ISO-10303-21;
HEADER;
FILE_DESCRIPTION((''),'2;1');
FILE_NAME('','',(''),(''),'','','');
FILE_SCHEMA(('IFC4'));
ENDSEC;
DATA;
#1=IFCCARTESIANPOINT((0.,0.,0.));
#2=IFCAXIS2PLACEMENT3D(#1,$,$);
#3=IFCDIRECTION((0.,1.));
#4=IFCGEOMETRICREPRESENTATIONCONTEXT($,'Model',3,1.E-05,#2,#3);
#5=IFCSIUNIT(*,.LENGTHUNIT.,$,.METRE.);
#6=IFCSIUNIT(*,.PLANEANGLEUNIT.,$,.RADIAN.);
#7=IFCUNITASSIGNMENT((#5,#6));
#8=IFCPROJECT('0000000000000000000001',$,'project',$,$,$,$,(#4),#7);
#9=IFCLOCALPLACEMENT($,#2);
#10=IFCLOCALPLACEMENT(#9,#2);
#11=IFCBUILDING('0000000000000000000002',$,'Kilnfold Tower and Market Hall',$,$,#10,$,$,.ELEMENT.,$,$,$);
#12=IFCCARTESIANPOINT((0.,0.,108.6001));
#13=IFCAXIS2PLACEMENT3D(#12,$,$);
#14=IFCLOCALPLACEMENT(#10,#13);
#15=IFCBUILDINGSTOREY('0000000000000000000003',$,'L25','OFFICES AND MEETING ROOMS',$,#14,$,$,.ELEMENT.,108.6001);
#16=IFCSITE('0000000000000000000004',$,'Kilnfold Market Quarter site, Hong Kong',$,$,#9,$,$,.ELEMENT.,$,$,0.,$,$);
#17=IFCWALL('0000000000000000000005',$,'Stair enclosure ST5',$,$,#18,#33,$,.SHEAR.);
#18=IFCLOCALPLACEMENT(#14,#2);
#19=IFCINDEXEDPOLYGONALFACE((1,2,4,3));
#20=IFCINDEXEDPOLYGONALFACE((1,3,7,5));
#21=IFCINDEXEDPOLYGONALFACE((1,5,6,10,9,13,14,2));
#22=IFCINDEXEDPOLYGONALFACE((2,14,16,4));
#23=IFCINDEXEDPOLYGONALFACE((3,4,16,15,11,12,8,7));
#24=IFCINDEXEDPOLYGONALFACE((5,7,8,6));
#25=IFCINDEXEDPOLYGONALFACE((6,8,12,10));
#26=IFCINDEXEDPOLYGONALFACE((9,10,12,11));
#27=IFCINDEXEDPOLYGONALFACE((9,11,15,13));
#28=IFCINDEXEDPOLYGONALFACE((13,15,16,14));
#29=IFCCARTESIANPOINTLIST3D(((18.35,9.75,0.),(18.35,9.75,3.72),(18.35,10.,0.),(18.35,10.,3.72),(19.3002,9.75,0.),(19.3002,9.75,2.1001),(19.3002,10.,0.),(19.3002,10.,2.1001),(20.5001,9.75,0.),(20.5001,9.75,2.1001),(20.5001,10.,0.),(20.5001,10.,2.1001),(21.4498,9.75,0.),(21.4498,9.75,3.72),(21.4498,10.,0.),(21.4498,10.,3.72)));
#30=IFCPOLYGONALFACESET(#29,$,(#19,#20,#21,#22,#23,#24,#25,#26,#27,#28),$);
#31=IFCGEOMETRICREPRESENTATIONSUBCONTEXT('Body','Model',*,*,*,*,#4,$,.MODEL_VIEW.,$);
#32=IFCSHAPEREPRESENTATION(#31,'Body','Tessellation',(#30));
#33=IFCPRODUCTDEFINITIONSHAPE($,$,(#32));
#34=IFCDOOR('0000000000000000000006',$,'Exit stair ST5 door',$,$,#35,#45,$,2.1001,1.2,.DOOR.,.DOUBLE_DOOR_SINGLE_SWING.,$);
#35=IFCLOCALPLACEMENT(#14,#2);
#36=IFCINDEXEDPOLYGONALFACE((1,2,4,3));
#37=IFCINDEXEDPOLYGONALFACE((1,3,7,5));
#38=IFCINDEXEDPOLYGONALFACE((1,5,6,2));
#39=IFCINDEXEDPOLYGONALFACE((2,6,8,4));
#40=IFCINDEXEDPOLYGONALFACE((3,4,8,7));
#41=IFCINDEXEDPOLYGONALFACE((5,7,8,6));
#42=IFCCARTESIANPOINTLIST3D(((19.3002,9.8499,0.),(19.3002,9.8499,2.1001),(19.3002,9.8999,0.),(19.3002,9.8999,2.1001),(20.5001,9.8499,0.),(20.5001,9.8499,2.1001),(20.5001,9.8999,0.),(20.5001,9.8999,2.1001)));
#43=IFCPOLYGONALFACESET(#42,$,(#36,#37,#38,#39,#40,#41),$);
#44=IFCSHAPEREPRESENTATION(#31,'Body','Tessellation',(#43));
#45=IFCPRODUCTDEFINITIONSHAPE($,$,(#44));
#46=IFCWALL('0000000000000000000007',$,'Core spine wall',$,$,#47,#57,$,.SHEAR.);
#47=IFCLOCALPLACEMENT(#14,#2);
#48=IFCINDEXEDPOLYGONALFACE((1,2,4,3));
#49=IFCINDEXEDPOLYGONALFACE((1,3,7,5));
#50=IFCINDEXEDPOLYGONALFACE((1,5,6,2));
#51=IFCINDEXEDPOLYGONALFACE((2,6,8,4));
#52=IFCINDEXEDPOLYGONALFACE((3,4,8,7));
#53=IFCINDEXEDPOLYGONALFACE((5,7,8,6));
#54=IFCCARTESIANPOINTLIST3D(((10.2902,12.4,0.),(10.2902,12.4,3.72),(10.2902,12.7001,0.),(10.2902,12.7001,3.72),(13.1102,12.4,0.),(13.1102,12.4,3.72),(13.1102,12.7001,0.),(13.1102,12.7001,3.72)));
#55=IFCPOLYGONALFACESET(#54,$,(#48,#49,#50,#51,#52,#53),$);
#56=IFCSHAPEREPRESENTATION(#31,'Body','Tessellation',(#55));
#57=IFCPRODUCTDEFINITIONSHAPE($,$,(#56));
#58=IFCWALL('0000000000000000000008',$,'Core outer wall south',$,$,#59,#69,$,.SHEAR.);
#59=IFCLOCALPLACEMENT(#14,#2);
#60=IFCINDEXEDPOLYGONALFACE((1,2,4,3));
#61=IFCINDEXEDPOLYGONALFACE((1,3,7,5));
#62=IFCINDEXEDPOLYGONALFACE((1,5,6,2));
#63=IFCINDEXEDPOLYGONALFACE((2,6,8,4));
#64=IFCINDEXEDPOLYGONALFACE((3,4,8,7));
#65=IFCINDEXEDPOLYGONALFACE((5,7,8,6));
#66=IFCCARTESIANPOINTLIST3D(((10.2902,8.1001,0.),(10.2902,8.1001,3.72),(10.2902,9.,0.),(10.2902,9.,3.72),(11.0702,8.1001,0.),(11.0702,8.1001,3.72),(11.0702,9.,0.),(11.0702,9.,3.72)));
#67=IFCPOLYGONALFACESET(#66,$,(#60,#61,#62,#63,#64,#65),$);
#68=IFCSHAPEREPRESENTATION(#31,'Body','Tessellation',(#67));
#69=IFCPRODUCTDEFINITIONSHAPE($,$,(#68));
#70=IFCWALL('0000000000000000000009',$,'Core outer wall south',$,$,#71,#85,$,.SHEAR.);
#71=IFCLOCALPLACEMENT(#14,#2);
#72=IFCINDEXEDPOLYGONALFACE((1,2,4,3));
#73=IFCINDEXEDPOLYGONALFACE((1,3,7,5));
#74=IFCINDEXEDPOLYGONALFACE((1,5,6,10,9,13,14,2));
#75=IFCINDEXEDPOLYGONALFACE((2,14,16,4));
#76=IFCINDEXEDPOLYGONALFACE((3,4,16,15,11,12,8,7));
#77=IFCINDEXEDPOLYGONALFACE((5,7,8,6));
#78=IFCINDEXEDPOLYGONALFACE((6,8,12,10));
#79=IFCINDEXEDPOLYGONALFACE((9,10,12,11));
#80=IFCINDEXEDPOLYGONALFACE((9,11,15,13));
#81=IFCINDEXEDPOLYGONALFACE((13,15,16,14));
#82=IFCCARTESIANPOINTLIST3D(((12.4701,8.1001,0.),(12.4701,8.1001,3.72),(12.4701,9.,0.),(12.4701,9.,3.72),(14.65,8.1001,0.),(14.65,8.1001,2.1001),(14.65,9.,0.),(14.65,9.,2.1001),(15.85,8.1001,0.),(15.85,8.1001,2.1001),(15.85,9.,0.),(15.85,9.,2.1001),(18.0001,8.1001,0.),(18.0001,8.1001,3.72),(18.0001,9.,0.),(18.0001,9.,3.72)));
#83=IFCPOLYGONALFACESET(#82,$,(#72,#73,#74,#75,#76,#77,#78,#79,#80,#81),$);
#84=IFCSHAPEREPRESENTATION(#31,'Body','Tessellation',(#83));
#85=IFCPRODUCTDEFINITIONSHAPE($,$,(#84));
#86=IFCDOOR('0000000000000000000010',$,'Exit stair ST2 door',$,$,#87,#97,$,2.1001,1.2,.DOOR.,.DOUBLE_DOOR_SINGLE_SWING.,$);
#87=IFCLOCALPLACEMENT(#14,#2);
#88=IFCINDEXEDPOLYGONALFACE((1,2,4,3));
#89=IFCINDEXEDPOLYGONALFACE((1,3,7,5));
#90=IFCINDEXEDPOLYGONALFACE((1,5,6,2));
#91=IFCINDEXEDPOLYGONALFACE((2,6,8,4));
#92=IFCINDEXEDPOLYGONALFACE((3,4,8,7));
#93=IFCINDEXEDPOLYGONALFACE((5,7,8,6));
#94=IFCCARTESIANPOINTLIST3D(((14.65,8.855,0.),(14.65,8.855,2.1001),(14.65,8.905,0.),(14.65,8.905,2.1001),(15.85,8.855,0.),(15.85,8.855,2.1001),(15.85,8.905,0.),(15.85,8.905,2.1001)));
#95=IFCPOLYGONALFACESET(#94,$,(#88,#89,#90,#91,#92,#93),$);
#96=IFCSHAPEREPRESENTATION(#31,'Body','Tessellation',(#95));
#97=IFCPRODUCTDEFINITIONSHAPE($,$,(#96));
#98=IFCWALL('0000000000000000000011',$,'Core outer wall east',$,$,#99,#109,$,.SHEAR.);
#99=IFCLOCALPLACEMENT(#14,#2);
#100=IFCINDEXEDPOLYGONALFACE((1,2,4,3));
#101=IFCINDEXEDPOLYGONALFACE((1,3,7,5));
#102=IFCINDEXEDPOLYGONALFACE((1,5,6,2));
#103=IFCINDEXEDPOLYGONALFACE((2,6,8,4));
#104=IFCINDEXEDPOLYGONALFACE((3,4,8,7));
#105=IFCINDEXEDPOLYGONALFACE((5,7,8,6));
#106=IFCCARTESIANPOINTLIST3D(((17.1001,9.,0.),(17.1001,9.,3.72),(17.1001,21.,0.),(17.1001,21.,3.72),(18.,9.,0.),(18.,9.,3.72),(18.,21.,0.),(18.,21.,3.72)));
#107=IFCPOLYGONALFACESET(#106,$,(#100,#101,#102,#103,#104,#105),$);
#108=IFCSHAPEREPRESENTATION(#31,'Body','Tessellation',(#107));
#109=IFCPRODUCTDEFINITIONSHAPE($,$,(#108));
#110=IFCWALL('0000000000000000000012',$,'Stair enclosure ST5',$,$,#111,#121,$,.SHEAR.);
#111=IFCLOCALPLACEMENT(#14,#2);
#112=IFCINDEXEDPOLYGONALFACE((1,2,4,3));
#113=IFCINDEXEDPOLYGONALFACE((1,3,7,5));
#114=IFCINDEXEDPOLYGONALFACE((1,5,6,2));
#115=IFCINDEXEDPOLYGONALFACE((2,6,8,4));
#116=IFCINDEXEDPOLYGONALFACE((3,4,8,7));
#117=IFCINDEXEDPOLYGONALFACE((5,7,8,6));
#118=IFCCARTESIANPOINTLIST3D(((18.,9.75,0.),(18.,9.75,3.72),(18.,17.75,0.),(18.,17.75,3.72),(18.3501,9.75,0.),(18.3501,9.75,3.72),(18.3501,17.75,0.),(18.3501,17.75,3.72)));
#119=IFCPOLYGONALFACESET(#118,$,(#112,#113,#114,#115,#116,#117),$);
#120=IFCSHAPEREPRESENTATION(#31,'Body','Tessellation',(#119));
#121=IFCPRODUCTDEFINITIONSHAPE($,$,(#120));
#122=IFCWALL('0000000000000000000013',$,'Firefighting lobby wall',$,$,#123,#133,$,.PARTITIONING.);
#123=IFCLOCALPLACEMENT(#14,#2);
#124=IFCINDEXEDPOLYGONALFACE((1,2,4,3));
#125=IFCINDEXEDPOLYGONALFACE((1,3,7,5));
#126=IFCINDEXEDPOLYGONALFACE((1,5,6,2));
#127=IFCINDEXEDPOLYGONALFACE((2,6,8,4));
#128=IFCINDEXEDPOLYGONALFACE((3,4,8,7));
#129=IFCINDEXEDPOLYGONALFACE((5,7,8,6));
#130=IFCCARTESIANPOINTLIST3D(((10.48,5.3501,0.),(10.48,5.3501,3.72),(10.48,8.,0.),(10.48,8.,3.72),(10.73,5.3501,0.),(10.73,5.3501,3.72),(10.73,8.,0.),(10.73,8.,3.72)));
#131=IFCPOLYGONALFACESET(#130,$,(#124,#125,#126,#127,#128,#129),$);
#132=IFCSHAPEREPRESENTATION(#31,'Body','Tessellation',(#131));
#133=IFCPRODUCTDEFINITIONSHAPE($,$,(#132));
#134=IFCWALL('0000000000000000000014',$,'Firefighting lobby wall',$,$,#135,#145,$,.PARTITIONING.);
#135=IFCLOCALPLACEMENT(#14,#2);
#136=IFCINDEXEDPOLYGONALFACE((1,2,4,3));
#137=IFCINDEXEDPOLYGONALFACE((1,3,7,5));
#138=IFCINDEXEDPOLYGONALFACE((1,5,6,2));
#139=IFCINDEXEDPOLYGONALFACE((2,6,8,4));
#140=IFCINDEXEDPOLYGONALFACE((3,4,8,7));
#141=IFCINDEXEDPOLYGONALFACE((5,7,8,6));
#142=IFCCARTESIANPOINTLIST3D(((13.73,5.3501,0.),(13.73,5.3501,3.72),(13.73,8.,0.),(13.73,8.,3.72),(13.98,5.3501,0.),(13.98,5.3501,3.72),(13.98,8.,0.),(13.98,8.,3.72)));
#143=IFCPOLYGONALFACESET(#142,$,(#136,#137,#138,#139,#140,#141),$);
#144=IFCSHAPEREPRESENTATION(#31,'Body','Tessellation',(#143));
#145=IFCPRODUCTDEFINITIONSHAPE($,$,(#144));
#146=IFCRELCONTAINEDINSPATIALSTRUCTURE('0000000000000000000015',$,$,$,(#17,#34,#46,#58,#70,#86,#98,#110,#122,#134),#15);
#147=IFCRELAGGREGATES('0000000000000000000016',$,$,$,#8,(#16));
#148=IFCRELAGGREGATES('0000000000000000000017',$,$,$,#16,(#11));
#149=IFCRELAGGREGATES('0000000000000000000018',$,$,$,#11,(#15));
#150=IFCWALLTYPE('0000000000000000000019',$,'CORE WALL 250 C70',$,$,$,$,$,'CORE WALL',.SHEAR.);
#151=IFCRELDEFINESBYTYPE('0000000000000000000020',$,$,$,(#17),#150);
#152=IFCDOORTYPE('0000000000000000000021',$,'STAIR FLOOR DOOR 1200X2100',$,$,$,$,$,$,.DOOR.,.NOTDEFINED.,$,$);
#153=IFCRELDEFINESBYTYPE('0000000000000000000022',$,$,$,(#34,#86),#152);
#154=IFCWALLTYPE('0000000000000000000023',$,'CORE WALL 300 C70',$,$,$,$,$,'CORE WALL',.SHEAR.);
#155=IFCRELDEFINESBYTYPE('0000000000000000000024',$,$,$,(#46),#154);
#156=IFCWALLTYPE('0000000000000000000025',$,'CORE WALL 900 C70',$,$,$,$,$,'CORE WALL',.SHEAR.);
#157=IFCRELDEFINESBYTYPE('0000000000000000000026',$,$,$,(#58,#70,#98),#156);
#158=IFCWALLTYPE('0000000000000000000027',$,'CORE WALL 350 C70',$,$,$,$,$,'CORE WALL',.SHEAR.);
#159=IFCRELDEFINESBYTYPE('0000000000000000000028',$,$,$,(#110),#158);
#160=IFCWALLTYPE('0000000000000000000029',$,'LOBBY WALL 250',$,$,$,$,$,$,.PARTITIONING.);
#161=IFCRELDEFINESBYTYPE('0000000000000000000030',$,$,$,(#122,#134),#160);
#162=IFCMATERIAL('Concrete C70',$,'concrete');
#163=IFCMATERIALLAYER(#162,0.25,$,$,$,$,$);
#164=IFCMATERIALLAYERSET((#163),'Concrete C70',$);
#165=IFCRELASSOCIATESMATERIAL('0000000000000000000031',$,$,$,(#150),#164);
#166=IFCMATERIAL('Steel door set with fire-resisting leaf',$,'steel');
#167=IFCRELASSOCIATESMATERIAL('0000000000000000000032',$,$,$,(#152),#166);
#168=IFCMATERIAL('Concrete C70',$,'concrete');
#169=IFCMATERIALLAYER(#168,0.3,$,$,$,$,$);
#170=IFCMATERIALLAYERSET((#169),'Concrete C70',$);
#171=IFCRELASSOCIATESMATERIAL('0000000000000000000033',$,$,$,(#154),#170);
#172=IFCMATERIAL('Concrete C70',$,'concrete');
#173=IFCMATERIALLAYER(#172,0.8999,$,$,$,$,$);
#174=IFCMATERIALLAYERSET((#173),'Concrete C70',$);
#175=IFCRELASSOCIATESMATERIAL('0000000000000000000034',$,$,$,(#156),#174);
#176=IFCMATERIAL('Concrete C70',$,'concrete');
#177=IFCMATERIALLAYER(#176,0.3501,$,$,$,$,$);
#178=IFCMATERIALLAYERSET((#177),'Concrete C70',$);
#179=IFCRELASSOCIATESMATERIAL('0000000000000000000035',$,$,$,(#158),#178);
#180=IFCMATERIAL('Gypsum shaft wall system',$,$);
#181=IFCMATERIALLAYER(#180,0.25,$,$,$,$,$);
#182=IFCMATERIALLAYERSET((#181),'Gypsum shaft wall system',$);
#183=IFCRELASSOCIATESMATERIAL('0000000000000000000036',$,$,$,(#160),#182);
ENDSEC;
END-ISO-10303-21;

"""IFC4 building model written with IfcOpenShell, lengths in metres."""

from ifc_helpers import new_model, si_unit, direction, frame, frame_2d, origin, place, context, subcontext, project, spatial, rectangle, extrude, source, transform, mapped, material, layer, layer_set, type_object, element, fill, save


model = new_model("IFC4")

# Units and contexts
model_context = context("Model", 3, precision=1e-05, world=origin(), true_north=direction((0.0, 1.0)))
body_context = subcontext(model_context, "Body", "Model", "MODEL_VIEW")
ifc_project = project(units=[si_unit("LENGTHUNIT", "METRE"), si_unit("PLANEANGLEUNIT", "RADIAN")], contexts=[model_context])

# Site, building, storey
site_placement = place(None, origin())
site = spatial("IfcSite", under=ifc_project, at=site_placement, Name="Kilnfold Market Quarter site, Hong Kong", CompositionType="ELEMENT", RefElevation=0.0)
building_placement = place(site_placement, origin())
building = spatial("IfcBuilding", under=site, at=building_placement, Name="Kilnfold Tower and Market Hall", CompositionType="ELEMENT")
storey_placement = place(building_placement, frame((0.0, 0.0, 108.6001)))
storey = spatial("IfcBuildingStorey", under=building, at=storey_placement, Name="L25", Description="OFFICES AND MEETING ROOMS", CompositionType="ELEMENT", Elevation=108.6001)

# Shared definitions
ifc_material_1 = material(Name="Concrete C70", Category="concrete")
ifc_layer_1 = layer(ifc_material_1, 0.25)
ifc_layer_set_1 = layer_set([ifc_layer_1], Name="Concrete C70")
wall_type_1 = type_object("IfcWallType", Name="CORE WALL 250 C70", ElementType="CORE WALL", PredefinedType="SHEAR", material=ifc_layer_set_1)

# Wall, opening, door
shared_shape_1 = source(origin(), body_context, "Body", "SweptSolid", [
    extrude(rectangle(XDim=3.0999, YDim=0.25, at=frame_2d((1.5498, 0.0))), origin(), (0.0, 0.0, 1.0), 3.72),
])
wall_1_placement = place(storey_placement, frame((18.3501, 9.875, 0.0), z_axis=(0.0, 0.0, 1.0), x_axis=(1.0, 0.0, 0.0)))
wall_1 = element("IfcWall", 1, at=wall_1_placement, inside=storey, type_object=wall_type_1, Name="Stair enclosure ST5", PredefinedType="SHEAR", context=body_context, shape_type="MappedRepresentation", body=[
    mapped(shared_shape_1, transform((0.0, 0.0, 0.0))),
])
opening_1_placement = place(wall_1_placement, frame((0.95, 0.0, 0.0)))
opening_1 = element("IfcOpeningElement", 2, at=opening_1_placement, cuts=wall_1, PredefinedType="OPENING", context=body_context, shape_type="SweptSolid", body=[
    extrude(rectangle(XDim=1.2, YDim=2.1001, at=frame_2d((0.6001, 1.05))), frame((0.0, 0.135, 0.0), z_axis=(0.0, -1.0, 0.0), x_axis=(1.0, 0.0, 0.0)), (0.0, 0.0, 1.0), 0.27),
])
ifc_material_2 = material(Name="Steel door set with fire-resisting leaf", Category="steel")
door_type_1 = type_object("IfcDoorType", Name="STAIR FLOOR DOOR 1200X2100", OperationType="NOTDEFINED", PredefinedType="DOOR", material=ifc_material_2)
door_1_placement = place(opening_1_placement, origin())
door_1 = element("IfcDoor", 3, at=door_1_placement, inside=storey, type_object=door_type_1, Name="Exit stair ST5 door", OperationType="DOUBLE_DOOR_SINGLE_SWING", OverallHeight=2.1001, OverallWidth=1.2, PredefinedType="DOOR", context=body_context, shape_type="SweptSolid", body=[
    extrude(rectangle(XDim=1.2, YDim=2.1001, at=frame_2d((0.6001, 1.05))), frame((0.0, 0.0249, 0.0), z_axis=(0.0, -1.0, 0.0), x_axis=(1.0, 0.0, 0.0)), (0.0, 0.0, 1.0), 0.05),
])
fill(opening_1, door_1)

# Walls
ifc_material_3 = material(Name="Concrete C70", Category="concrete")
ifc_layer_2 = layer(ifc_material_3, 0.3)
ifc_layer_set_2 = layer_set([ifc_layer_2], Name="Concrete C70")
wall_type_2 = type_object("IfcWallType", Name="CORE WALL 300 C70", ElementType="CORE WALL", PredefinedType="SHEAR", material=ifc_layer_set_2)
shared_shape_2 = source(origin(), body_context, "Body", "SweptSolid", [
    extrude(rectangle(XDim=2.8201, YDim=0.3, at=frame_2d((1.4102, 0.0))), origin(), (0.0, 0.0, 1.0), 3.72),
])
wall_2_placement = place(storey_placement, frame((10.29, 12.55, 0.0), z_axis=(0.0, 0.0, 1.0), x_axis=(1.0, 0.0, 0.0)))
element("IfcWall", 4, at=wall_2_placement, inside=storey, type_object=wall_type_2, Name="Core spine wall", PredefinedType="SHEAR", context=body_context, shape_type="MappedRepresentation", body=[
    mapped(shared_shape_2, transform((0.0, 0.0, 0.0))),
])
ifc_material_4 = material(Name="Concrete C70", Category="concrete")
ifc_layer_3 = layer(ifc_material_4, 0.8999)
ifc_layer_set_3 = layer_set([ifc_layer_3], Name="Concrete C70")
wall_type_3 = type_object("IfcWallType", Name="CORE WALL 900 C70", ElementType="CORE WALL", PredefinedType="SHEAR", material=ifc_layer_set_3)
shared_shape_3 = source(origin(), body_context, "Body", "SweptSolid", [
    extrude(rectangle(XDim=0.78, YDim=0.8999, at=frame_2d((0.3901, 0.0))), origin(), (0.0, 0.0, 1.0), 3.72),
])
wall_3_placement = place(storey_placement, frame((10.29, 8.55, 0.0), z_axis=(0.0, 0.0, 1.0), x_axis=(1.0, 0.0, 0.0)))
element("IfcWall", 5, at=wall_3_placement, inside=storey, type_object=wall_type_3, Name="Core outer wall south", PredefinedType="SHEAR", context=body_context, shape_type="MappedRepresentation", body=[
    mapped(shared_shape_3, transform((0.0, 0.0, 0.0))),
])

# Wall, opening, door
shared_shape_4 = source(origin(), body_context, "Body", "SweptSolid", [
    extrude(rectangle(XDim=5.53, YDim=0.8999, at=frame_2d((2.7651, 0.0))), origin(), (0.0, 0.0, 1.0), 3.72),
])
wall_4_placement = place(storey_placement, frame((12.47, 8.55, 0.0), z_axis=(0.0, 0.0, 1.0), x_axis=(1.0, 0.0, 0.0)))
wall_4 = element("IfcWall", 6, at=wall_4_placement, inside=storey, type_object=wall_type_3, Name="Core outer wall south", PredefinedType="SHEAR", context=body_context, shape_type="MappedRepresentation", body=[
    mapped(shared_shape_4, transform((0.0, 0.0, 0.0))),
])
opening_2_placement = place(wall_4_placement, frame((2.1799, 0.0, 0.0)))
opening_2 = element("IfcOpeningElement", 7, at=opening_2_placement, cuts=wall_4, PredefinedType="OPENING", context=body_context, shape_type="SweptSolid", body=[
    extrude(rectangle(XDim=1.2, YDim=2.1001, at=frame_2d((0.6001, 1.05))), frame((0.0, 0.46, 0.0), z_axis=(0.0, -1.0, 0.0), x_axis=(1.0, 0.0, 0.0)), (0.0, 0.0, 1.0), 0.9199),
])
door_2_placement = place(opening_2_placement, origin())
door_2 = element("IfcDoor", 8, at=door_2_placement, inside=storey, type_object=door_type_1, Name="Exit stair ST2 door", OperationType="DOUBLE_DOOR_SINGLE_SWING", OverallHeight=2.1001, OverallWidth=1.2, PredefinedType="DOOR", context=body_context, shape_type="SweptSolid", body=[
    extrude(rectangle(XDim=1.2, YDim=2.1001, at=frame_2d((0.6001, 1.05))), frame((0.0, 0.355, 0.0), z_axis=(0.0, -1.0, 0.0), x_axis=(1.0, 0.0, 0.0)), (0.0, 0.0, 1.0), 0.05),
])
fill(opening_2, door_2)

# Walls
shared_shape_5 = source(origin(), body_context, "Body", "SweptSolid", [
    extrude(rectangle(XDim=12.0, YDim=0.8999, at=frame_2d((6.0, 0.0))), origin(), (0.0, 0.0, 1.0), 3.72),
])
wall_5_placement = place(storey_placement, frame((17.55, 9.0, 0.0), z_axis=(0.0, 0.0, 1.0), x_axis=(0.0, 1.0, 0.0)))
element("IfcWall", 9, at=wall_5_placement, inside=storey, type_object=wall_type_3, Name="Core outer wall east", PredefinedType="SHEAR", context=body_context, shape_type="MappedRepresentation", body=[
    mapped(shared_shape_5, transform((0.0, 0.0, 0.0))),
])
ifc_material_5 = material(Name="Concrete C70", Category="concrete")
ifc_layer_4 = layer(ifc_material_5, 0.3501)
ifc_layer_set_4 = layer_set([ifc_layer_4], Name="Concrete C70")
wall_type_4 = type_object("IfcWallType", Name="CORE WALL 350 C70", ElementType="CORE WALL", PredefinedType="SHEAR", material=ifc_layer_set_4)
shared_shape_6 = source(origin(), body_context, "Body", "SweptSolid", [
    extrude(rectangle(XDim=8.0, YDim=0.3501, at=frame_2d((4.0, 0.0))), origin(), (0.0, 0.0, 1.0), 3.72),
])
wall_6_placement = place(storey_placement, frame((18.175, 9.75, 0.0), z_axis=(0.0, 0.0, 1.0), x_axis=(0.0, 1.0, 0.0)))
element("IfcWall", 10, at=wall_6_placement, inside=storey, type_object=wall_type_4, Name="Stair enclosure ST5", PredefinedType="SHEAR", context=body_context, shape_type="MappedRepresentation", body=[
    mapped(shared_shape_6, transform((0.0, 0.0, 0.0))),
])
ifc_material_6 = material(Name="Gypsum shaft wall system")
ifc_layer_5 = layer(ifc_material_6, 0.25)
ifc_layer_set_5 = layer_set([ifc_layer_5], Name="Gypsum shaft wall system")
wall_type_5 = type_object("IfcWallType", Name="LOBBY WALL 250", PredefinedType="PARTITIONING", material=ifc_layer_set_5)
shared_shape_7 = source(origin(), body_context, "Body", "SweptSolid", [
    extrude(rectangle(XDim=2.6499, YDim=0.25, at=frame_2d((1.325, 0.0))), origin(), (0.0, 0.0, 1.0), 3.72),
])
for number, where, z_axis, x_axis, name in (
    (11, (10.605, 5.3501, 0.0), (0.0, 0.0, 1.0), (0.0, 1.0, 0.0), "Firefighting lobby wall"),
    (12, (13.855, 5.3501, 0.0), (0.0, 0.0, 1.0), (0.0, 1.0, 0.0), "Firefighting lobby wall"),
):
    element("IfcWall", number, at=place(storey_placement, frame(where, z_axis=z_axis, x_axis=x_axis)), inside=storey, type_object=wall_type_5, Name=name, PredefinedType="PARTITIONING", context=body_context, shape_type="MappedRepresentation", body=[
        mapped(shared_shape_7, transform((0.0, 0.0, 0.0))),
    ])

save(model, "model.ifc")
